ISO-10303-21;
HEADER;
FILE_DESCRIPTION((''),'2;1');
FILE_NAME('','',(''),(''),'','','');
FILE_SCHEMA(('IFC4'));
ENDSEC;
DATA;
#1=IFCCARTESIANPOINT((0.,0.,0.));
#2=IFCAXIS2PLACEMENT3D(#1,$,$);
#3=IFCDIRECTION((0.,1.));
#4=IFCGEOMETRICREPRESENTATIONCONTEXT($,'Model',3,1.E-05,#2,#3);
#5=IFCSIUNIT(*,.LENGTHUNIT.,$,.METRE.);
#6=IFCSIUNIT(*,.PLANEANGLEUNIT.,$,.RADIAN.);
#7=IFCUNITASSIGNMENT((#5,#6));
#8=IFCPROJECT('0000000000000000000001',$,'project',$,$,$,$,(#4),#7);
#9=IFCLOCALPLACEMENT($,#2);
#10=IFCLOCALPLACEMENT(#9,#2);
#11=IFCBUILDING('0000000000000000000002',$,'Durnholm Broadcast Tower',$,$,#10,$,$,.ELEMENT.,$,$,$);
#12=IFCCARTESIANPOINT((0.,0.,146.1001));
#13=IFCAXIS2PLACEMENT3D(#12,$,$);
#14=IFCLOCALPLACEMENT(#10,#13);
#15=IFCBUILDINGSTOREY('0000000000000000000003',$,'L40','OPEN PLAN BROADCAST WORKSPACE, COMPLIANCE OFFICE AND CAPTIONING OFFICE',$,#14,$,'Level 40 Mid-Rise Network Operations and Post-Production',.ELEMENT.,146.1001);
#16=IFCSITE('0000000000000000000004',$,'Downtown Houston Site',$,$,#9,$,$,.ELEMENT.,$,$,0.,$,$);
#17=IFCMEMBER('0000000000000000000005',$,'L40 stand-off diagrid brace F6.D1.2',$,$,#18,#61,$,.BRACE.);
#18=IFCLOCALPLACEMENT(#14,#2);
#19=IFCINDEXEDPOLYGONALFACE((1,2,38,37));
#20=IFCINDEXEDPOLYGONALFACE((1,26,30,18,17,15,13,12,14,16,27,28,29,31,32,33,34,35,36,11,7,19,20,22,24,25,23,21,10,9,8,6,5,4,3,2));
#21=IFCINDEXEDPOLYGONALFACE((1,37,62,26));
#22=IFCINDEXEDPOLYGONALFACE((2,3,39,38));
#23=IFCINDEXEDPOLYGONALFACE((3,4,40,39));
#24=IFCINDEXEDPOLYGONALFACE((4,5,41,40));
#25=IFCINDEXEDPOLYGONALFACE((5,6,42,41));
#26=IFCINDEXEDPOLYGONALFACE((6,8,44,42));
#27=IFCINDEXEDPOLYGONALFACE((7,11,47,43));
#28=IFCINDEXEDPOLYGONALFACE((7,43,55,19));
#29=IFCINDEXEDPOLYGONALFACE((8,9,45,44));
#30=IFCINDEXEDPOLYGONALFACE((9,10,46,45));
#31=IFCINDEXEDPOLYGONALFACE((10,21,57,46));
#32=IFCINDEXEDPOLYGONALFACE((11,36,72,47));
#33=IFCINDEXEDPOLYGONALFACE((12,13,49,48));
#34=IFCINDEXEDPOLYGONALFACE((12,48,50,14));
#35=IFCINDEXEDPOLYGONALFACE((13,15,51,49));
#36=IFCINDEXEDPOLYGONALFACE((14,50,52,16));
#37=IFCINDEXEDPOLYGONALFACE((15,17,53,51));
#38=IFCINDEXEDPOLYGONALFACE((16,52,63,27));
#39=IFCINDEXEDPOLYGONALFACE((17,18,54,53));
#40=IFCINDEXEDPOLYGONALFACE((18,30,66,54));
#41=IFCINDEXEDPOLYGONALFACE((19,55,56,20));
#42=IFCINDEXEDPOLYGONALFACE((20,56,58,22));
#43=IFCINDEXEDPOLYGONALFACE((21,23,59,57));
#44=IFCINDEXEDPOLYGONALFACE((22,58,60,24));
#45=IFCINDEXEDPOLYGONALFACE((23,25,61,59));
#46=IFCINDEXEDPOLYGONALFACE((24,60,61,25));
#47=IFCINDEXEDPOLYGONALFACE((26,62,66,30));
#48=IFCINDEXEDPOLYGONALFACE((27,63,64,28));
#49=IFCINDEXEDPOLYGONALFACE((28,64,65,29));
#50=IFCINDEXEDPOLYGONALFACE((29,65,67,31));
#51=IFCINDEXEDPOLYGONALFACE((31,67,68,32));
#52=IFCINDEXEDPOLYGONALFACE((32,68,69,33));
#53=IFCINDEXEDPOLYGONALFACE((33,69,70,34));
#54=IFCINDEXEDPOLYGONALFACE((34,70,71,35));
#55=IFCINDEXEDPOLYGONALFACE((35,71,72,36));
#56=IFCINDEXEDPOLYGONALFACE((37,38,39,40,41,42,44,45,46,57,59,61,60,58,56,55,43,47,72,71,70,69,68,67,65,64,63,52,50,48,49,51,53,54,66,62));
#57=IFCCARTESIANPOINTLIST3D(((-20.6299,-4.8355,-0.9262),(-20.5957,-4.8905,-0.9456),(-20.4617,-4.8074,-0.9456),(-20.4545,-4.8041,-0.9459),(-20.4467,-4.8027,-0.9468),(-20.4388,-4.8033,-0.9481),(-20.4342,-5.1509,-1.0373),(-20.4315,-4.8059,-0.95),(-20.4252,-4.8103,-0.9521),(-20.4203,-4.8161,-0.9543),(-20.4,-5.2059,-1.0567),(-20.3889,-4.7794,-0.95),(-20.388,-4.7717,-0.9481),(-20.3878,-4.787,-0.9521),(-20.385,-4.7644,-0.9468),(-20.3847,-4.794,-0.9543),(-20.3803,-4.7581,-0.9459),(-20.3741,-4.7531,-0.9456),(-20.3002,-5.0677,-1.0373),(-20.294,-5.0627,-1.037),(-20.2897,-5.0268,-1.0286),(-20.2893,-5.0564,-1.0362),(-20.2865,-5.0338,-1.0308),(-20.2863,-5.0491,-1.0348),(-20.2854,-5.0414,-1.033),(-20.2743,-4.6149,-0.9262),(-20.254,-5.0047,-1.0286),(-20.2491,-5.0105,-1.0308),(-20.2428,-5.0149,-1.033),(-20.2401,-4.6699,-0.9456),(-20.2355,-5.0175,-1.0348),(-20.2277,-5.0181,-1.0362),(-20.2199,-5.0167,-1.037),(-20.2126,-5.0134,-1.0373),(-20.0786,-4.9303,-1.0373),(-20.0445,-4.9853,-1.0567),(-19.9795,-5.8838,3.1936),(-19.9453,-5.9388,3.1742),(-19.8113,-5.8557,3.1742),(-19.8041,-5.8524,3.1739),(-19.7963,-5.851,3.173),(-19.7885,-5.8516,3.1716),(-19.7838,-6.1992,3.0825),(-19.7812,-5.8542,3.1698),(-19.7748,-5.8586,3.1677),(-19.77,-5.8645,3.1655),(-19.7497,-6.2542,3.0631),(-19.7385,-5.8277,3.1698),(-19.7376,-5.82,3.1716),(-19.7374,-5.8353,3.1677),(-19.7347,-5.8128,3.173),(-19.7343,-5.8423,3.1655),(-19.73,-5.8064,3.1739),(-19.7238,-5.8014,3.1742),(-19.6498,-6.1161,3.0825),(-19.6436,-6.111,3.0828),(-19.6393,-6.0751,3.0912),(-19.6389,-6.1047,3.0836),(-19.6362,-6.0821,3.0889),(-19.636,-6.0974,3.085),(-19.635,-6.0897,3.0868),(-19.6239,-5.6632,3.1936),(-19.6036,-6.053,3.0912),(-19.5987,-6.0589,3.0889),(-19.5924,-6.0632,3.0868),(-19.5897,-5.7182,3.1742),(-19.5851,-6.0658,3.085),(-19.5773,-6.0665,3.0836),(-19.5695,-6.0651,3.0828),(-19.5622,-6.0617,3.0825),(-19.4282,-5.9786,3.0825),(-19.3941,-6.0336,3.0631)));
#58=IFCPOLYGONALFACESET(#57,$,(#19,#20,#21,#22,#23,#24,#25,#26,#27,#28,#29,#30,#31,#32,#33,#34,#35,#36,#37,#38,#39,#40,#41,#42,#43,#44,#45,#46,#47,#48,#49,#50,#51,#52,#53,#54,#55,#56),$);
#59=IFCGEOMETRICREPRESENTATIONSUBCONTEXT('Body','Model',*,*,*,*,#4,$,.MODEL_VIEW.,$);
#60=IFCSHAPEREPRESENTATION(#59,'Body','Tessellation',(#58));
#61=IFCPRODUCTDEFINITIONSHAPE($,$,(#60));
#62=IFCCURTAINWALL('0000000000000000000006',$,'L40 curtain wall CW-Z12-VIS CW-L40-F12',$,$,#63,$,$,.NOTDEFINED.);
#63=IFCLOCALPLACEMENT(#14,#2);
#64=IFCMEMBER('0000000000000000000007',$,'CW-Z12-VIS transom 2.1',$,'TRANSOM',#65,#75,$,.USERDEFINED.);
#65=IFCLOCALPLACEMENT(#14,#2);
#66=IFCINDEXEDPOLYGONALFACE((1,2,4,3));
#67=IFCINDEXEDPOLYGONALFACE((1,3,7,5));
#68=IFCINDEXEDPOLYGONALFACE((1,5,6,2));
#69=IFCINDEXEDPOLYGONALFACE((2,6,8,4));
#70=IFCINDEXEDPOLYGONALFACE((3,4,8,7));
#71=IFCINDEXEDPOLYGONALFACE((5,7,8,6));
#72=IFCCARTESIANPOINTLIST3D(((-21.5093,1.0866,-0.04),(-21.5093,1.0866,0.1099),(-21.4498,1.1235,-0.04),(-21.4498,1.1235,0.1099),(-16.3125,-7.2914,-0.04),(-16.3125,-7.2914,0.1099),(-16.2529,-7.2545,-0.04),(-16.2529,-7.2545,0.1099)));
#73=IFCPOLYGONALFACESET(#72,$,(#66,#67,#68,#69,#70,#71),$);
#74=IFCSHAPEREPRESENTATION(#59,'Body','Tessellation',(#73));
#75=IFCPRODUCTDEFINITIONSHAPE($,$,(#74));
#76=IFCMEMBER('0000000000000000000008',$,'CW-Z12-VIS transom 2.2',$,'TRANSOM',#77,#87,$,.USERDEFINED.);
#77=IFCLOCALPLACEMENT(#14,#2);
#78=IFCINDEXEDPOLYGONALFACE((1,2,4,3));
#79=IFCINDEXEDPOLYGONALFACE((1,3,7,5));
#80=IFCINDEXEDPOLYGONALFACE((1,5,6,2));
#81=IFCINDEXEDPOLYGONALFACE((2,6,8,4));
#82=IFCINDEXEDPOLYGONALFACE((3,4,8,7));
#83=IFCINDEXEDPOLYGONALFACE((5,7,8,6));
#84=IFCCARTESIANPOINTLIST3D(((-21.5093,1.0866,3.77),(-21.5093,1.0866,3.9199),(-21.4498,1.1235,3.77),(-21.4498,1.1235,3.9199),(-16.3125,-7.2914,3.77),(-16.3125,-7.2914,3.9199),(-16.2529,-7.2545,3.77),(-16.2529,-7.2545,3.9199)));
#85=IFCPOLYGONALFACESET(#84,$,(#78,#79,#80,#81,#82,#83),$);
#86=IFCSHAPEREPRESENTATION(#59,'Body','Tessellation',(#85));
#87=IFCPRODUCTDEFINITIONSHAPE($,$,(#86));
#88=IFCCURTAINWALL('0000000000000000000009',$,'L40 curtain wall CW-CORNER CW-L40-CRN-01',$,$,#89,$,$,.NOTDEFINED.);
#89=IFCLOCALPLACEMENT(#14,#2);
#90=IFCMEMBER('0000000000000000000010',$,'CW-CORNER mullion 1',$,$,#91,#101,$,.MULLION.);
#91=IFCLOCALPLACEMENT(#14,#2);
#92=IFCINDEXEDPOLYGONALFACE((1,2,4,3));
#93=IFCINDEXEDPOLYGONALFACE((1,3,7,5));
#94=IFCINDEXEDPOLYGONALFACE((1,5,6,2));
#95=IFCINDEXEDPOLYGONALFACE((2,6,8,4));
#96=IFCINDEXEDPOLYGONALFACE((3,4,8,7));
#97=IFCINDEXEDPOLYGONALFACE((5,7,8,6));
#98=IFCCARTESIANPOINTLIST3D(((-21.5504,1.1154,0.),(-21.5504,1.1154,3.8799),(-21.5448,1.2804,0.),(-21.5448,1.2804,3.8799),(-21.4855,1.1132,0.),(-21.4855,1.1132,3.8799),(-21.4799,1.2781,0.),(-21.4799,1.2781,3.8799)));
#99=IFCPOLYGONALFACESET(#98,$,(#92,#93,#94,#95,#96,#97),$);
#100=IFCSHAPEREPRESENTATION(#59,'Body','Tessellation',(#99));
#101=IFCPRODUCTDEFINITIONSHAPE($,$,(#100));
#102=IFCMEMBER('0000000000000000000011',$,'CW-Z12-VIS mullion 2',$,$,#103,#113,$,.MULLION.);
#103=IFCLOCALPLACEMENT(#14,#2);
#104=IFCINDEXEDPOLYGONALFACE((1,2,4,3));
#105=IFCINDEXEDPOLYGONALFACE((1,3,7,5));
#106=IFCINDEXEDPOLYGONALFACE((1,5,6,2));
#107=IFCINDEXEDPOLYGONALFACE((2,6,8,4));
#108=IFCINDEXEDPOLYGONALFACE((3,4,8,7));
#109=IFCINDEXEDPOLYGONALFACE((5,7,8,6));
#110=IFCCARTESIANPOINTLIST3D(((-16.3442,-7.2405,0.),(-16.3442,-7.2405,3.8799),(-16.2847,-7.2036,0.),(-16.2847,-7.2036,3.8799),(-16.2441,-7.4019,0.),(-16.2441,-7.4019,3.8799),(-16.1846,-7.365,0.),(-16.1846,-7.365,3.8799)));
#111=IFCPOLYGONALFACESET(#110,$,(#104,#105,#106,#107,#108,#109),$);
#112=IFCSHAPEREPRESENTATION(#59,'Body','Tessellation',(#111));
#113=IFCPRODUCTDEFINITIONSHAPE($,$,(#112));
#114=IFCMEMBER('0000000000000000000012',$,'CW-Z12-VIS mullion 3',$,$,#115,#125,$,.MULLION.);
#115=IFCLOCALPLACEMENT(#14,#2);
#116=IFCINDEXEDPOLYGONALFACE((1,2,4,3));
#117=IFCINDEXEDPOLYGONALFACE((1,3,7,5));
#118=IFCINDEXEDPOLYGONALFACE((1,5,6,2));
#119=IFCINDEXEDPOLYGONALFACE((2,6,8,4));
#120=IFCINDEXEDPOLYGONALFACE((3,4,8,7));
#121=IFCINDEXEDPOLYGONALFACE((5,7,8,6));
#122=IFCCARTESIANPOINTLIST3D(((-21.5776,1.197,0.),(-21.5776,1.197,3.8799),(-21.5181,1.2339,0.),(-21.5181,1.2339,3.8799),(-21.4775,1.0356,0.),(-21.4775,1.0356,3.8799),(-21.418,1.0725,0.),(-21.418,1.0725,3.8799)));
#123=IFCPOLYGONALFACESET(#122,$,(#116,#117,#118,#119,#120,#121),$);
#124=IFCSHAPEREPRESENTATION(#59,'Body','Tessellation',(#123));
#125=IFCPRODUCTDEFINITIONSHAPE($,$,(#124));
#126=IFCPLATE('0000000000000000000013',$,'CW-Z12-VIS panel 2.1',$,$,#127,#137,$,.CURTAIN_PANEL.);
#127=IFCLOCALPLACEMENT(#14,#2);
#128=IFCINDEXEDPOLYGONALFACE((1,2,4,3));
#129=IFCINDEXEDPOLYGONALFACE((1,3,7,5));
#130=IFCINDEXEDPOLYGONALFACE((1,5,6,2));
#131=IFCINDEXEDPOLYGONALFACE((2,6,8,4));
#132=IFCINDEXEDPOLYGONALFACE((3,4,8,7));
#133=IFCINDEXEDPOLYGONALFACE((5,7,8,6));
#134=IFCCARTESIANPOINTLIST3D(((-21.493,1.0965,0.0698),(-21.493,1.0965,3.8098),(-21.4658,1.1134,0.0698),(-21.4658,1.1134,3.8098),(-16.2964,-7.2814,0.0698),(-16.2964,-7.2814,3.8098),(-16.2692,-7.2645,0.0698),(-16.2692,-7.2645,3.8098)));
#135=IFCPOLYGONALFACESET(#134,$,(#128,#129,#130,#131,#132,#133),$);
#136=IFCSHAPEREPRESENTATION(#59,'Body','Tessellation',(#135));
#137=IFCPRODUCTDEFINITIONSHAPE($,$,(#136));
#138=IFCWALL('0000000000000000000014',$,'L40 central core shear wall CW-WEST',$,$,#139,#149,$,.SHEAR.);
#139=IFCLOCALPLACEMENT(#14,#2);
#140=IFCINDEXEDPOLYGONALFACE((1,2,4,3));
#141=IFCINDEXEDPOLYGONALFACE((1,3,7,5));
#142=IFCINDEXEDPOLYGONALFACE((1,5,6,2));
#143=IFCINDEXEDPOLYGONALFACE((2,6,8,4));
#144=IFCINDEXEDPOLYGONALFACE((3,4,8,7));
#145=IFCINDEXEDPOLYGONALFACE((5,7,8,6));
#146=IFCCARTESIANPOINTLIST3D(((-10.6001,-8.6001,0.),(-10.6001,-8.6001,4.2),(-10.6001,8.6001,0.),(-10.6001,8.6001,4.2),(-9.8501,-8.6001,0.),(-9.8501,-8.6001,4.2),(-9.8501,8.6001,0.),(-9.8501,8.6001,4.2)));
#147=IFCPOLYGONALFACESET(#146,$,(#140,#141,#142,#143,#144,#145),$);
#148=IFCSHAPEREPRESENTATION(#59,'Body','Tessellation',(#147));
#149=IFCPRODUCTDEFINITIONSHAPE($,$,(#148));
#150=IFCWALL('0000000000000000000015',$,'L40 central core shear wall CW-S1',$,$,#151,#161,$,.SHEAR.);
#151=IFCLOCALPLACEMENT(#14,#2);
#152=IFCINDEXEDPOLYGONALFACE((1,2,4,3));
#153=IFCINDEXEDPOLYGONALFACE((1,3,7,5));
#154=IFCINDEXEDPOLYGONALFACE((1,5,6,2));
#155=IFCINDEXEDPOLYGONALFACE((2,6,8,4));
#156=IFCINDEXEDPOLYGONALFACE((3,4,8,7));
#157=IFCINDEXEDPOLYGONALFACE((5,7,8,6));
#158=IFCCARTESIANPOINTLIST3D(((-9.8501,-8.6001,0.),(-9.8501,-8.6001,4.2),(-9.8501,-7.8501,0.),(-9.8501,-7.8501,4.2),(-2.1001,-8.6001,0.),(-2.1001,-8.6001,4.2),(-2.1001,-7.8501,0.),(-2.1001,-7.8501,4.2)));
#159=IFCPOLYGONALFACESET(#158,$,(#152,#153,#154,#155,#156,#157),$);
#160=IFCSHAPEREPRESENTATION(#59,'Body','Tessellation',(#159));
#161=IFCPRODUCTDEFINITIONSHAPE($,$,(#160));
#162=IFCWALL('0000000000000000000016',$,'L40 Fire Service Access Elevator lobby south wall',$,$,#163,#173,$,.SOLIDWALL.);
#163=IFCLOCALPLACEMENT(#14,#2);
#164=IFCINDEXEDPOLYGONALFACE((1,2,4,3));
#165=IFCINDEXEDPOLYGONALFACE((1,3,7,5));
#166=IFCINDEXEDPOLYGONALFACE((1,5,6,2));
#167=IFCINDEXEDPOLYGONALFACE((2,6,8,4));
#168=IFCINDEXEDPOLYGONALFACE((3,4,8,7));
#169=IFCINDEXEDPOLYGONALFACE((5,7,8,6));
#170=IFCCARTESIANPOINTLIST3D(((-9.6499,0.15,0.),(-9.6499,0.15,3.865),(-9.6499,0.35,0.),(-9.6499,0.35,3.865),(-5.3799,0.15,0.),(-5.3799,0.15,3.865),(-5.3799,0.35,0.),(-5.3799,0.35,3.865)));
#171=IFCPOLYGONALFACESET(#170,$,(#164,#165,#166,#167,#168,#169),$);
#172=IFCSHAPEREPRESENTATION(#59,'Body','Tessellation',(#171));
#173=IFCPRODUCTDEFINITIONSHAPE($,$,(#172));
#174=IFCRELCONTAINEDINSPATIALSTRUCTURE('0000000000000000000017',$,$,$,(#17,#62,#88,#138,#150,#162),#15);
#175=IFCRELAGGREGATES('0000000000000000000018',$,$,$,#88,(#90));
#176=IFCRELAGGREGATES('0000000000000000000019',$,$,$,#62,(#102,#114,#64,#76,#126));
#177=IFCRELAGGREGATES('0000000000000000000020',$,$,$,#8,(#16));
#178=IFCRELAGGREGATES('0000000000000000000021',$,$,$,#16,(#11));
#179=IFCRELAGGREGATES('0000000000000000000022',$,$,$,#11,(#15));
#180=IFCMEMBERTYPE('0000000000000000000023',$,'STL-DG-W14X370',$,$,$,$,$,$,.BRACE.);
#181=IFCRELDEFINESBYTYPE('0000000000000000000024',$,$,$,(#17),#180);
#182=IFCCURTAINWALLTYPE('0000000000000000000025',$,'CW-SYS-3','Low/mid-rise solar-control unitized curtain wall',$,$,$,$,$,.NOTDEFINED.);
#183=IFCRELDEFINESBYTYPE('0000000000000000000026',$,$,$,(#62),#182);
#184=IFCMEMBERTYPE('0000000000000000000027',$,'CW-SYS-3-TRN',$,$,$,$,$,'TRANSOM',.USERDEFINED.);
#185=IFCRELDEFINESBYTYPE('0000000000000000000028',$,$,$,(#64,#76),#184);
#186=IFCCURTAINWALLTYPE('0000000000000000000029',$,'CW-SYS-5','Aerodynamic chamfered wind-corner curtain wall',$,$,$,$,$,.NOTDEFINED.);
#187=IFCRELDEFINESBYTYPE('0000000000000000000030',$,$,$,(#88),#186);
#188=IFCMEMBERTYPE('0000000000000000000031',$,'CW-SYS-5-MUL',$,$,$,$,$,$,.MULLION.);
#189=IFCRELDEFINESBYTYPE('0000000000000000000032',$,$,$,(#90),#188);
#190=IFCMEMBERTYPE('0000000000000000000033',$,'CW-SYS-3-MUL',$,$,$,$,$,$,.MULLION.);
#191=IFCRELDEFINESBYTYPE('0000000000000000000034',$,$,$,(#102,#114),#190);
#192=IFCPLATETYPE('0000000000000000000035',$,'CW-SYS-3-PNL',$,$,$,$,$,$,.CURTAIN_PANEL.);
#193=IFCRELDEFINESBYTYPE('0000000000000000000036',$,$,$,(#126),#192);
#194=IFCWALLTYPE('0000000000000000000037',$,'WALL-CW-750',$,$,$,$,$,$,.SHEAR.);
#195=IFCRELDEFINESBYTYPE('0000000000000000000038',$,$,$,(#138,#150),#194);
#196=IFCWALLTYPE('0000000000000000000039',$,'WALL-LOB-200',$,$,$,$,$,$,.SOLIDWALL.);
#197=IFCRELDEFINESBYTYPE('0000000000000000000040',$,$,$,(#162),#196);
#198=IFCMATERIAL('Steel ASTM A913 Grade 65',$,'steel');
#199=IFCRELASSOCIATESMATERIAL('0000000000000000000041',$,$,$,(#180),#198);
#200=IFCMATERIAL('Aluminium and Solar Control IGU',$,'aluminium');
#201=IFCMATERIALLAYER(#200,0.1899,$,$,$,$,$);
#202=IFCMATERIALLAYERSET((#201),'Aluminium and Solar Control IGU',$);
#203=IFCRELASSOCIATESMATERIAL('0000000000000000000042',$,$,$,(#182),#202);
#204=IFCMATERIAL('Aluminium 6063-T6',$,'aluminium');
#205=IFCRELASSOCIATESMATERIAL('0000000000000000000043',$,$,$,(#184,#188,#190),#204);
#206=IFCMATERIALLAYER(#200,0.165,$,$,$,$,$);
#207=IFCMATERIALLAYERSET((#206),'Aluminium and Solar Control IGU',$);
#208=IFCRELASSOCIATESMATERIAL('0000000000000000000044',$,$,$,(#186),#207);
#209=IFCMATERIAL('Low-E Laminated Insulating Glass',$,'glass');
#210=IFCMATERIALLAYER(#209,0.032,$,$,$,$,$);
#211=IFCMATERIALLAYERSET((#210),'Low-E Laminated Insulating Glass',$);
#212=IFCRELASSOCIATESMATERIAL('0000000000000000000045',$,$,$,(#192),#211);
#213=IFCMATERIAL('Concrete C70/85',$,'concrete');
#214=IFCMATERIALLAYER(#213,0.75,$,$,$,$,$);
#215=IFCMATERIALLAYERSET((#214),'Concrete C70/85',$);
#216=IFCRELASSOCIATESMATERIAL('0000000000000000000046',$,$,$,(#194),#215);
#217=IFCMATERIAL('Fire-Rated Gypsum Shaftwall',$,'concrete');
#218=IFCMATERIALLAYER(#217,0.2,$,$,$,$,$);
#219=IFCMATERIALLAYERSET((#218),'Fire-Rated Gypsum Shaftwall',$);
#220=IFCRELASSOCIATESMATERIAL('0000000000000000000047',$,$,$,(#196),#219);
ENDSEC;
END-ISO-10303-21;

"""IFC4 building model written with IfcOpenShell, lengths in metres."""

from ifc_helpers import new_model, si_unit, direction, frame, frame_2d, origin, origin_2d, place, context, subcontext, project, spatial, rectangle, i_section, extrude, source, transform, mapped, material, layer, layer_set, material_profile, profile_set, type_object, type_shapes, element, aggregate, save


model = new_model("IFC4")

# Units and contexts
model_context = context("Model", 3, precision=1e-05, world=origin(), true_north=direction((0.0, 1.0)))
body_context = subcontext(model_context, "Body", "Model", "MODEL_VIEW")
ifc_project = project(units=[si_unit("LENGTHUNIT", "METRE"), si_unit("PLANEANGLEUNIT", "RADIAN")], contexts=[model_context])

# Site, building, storey
site_placement = place(None, origin())
site = spatial("IfcSite", under=ifc_project, at=site_placement, Name="Downtown Houston Site", CompositionType="ELEMENT", RefElevation=0.0)
building_placement = place(site_placement, origin())
building = spatial("IfcBuilding", under=site, at=building_placement, Name="Durnholm Broadcast Tower", CompositionType="ELEMENT")
storey_placement = place(building_placement, frame((0.0, 0.0, 146.1001)))
storey = spatial("IfcBuildingStorey", under=building, at=storey_placement, Name="L40", Description="OPEN PLAN BROADCAST WORKSPACE, COMPLIANCE OFFICE AND CAPTIONING OFFICE", LongName="Level 40 Mid-Rise Network Operations and Post-Production", CompositionType="ELEMENT", Elevation=146.1001)

# Shared definitions
ifc_material_1 = material(Name="Concrete C70/85", Category="concrete")

# Member
ifc_material_2 = material(Name="Steel ASTM A913 Grade 65", Category="steel")
ifc_material_profile_1 = material_profile(ifc_material_2, i_section(OverallWidth=0.4185, OverallDepth=0.4551, WebThickness=0.042, FlangeThickness=0.0676, FilletRadius=0.0305, at=origin_2d()), Name="W14X370")
ifc_profile_set_1 = profile_set([ifc_material_profile_1], Name="Steel ASTM A913 Grade 65")
member_type_1 = type_object("IfcMemberType", Name="STL-DG-W14X370", PredefinedType="BRACE", material=ifc_profile_set_1)
shared_shape_1 = source(origin(), body_context, "Body", "SweptSolid", [
    extrude(i_section(OverallWidth=0.4185, OverallDepth=0.4551, WebThickness=0.042, FlangeThickness=0.0676, FilletRadius=0.0305, at=origin_2d()), origin(), (0.0, 0.0, 1.0), 4.3005),
])
member_1_placement = place(storey_placement, frame((-20.3372, -4.9104, -0.9915), z_axis=(0.151232, -0.243765, 0.957971), x_axis=(0.84975, 0.527186, 0.0)))
element("IfcMember", 1, at=member_1_placement, inside=storey, type_object=member_type_1, Name="L40 stand-off diagrid brace F6.D1.2", PredefinedType="BRACE", context=body_context, shape_type="MappedRepresentation", body=[
    mapped(shared_shape_1, transform((0.0, 0.0, 0.0), x_axis=(1.0, 0.0, 0.0), y_axis=(0.0, 1.0, 0.0), z_axis=(0.0, 0.0, 1.0), scale=1.0)),
])

# Curtain wall, members
ifc_material_3 = material(Name="Aluminium and Solar Control IGU", Category="aluminium")
ifc_layer_1 = layer(ifc_material_3, 0.1899)
ifc_layer_set_1 = layer_set([ifc_layer_1], Name="Aluminium and Solar Control IGU")
curtain_wall_type_1 = type_object("IfcCurtainWallType", Name="CW-SYS-3", Description="Low/mid-rise solar-control unitized curtain wall", PredefinedType="NOTDEFINED", material=ifc_layer_set_1)
curtain_wall_1_placement = place(storey_placement, origin())
curtain_wall_1 = element("IfcCurtainWall", 2, at=curtain_wall_1_placement, inside=storey, type_object=curtain_wall_type_1, Name="L40 curtain wall CW-Z12-VIS CW-L40-F12", PredefinedType="NOTDEFINED")
ifc_material_4 = material(Name="Aluminium 6063-T6", Category="aluminium")
ifc_material_profile_2 = material_profile(ifc_material_4, rectangle(XDim=0.0701, YDim=0.1499, at=origin_2d()), Name="CWT70X150")
ifc_profile_set_2 = profile_set([ifc_material_profile_2], Name="Aluminium 6063-T6")
member_type_2 = type_object("IfcMemberType", Name="CW-SYS-3-TRN", ElementType="TRANSOM", PredefinedType="USERDEFINED", material=ifc_profile_set_2)
shared_shape_2 = source(origin(), body_context, "Body", "SweptSolid", [
    extrude(rectangle(XDim=0.0701, YDim=0.1499, at=origin_2d()), origin(), (0.0, 0.0, 1.0), 9.8589),
])
type_shapes(member_type_2, [shared_shape_2])
member_2_placement = place(storey_placement, frame((-16.2827, -7.2729, 0.0349), z_axis=(-0.52712, 0.849791, 0.0), x_axis=(-0.849791, -0.52712, 0.0)))
member_2 = element("IfcMember", 3, at=member_2_placement, type_object=member_type_2, Name="CW-Z12-VIS transom 2.1", ObjectType="TRANSOM", PredefinedType="USERDEFINED", context=body_context, shape_type="MappedRepresentation", body=[
    mapped(shared_shape_2, transform((0.0, 0.0, 0.0), x_axis=(1.0, 0.0, 0.0), y_axis=(0.0, 1.0, 0.0), z_axis=(0.0, 0.0, 1.0), scale=1.0)),
])
member_3_placement = place(storey_placement, frame((-16.2827, -7.2729, 3.845), z_axis=(-0.52712, 0.849791, 0.0), x_axis=(-0.849791, -0.52712, 0.0)))
member_3 = element("IfcMember", 4, at=member_3_placement, type_object=member_type_2, Name="CW-Z12-VIS transom 2.2", ObjectType="TRANSOM", PredefinedType="USERDEFINED", context=body_context, shape_type="MappedRepresentation", body=[
    mapped(shared_shape_2, transform((0.0, 0.0, 0.0), x_axis=(1.0, 0.0, 0.0), y_axis=(0.0, 1.0, 0.0), z_axis=(0.0, 0.0, 1.0), scale=1.0)),
])

# Curtain wall, member
ifc_layer_2 = layer(ifc_material_3, 0.165)
ifc_layer_set_2 = layer_set([ifc_layer_2], Name="Aluminium and Solar Control IGU")
curtain_wall_type_2 = type_object("IfcCurtainWallType", Name="CW-SYS-5", Description="Aerodynamic chamfered wind-corner curtain wall", PredefinedType="NOTDEFINED", material=ifc_layer_set_2)
curtain_wall_2_placement = place(storey_placement, origin())
curtain_wall_2 = element("IfcCurtainWall", 5, at=curtain_wall_2_placement, inside=storey, type_object=curtain_wall_type_2, Name="L40 curtain wall CW-CORNER CW-L40-CRN-01", PredefinedType="NOTDEFINED")
ifc_material_profile_3 = material_profile(ifc_material_4, rectangle(XDim=0.0649, YDim=0.165, at=origin_2d()), Name="CWM65X165")
ifc_profile_set_3 = profile_set([ifc_material_profile_3], Name="Aluminium 6063-T6")
member_type_3 = type_object("IfcMemberType", Name="CW-SYS-5-MUL", PredefinedType="MULLION", material=ifc_profile_set_3)
shared_shape_3 = source(origin(), body_context, "Body", "SweptSolid", [
    extrude(rectangle(XDim=0.0649, YDim=0.165, at=origin_2d()), origin(), (0.0, 0.0, 1.0), 3.8799),
])
type_shapes(member_type_3, [shared_shape_3])
member_4_placement = place(storey_placement, frame((-21.5151, 1.1968, 0.0), z_axis=(0.0, 0.0, 1.0), x_axis=(-0.999425, 0.033917, 0.0)))
member_4 = element("IfcMember", 6, at=member_4_placement, type_object=member_type_3, Name="CW-CORNER mullion 1", PredefinedType="MULLION", context=body_context, shape_type="MappedRepresentation", body=[
    mapped(shared_shape_3, transform((0.0, 0.0, 0.0), x_axis=(1.0, 0.0, 0.0), y_axis=(0.0, 1.0, 0.0), z_axis=(0.0, 0.0, 1.0), scale=1.0)),
])
aggregate(curtain_wall_2, [member_4])

# Members
ifc_material_profile_4 = material_profile(ifc_material_4, rectangle(XDim=0.0701, YDim=0.1899, at=origin_2d()), Name="CWM70X190")
ifc_profile_set_4 = profile_set([ifc_material_profile_4], Name="Aluminium 6063-T6")
member_type_4 = type_object("IfcMemberType", Name="CW-SYS-3-MUL", PredefinedType="MULLION", material=ifc_profile_set_4)
shared_shape_4 = source(origin(), body_context, "Body", "SweptSolid", [
    extrude(rectangle(XDim=0.0701, YDim=0.1899, at=origin_2d()), origin(), (0.0, 0.0, 1.0), 3.8799),
])
type_shapes(member_type_4, [shared_shape_4])
member_5_placement = place(storey_placement, frame((-16.2644, -7.3027, 0.0), z_axis=(0.0, 0.0, 1.0), x_axis=(-0.8498, -0.527105, 0.0)))
member_5 = element("IfcMember", 7, at=member_5_placement, type_object=member_type_4, Name="CW-Z12-VIS mullion 2", PredefinedType="MULLION", context=body_context, shape_type="MappedRepresentation", body=[
    mapped(shared_shape_4, transform((0.0, 0.0, 0.0), x_axis=(1.0, 0.0, 0.0), y_axis=(0.0, 1.0, 0.0), z_axis=(0.0, 0.0, 1.0), scale=1.0)),
])
member_6_placement = place(storey_placement, frame((-21.4978, 1.1348, 0.0), z_axis=(0.0, 0.0, 1.0), x_axis=(-0.8498, -0.527105, 0.0)))
member_6 = element("IfcMember", 8, at=member_6_placement, type_object=member_type_4, Name="CW-Z12-VIS mullion 3", PredefinedType="MULLION", context=body_context, shape_type="MappedRepresentation", body=[
    mapped(shared_shape_4, transform((0.0, 0.0, 0.0), x_axis=(1.0, 0.0, 0.0), y_axis=(0.0, 1.0, 0.0), z_axis=(0.0, 0.0, 1.0), scale=1.0)),
])

# Plate
ifc_material_5 = material(Name="Low-E Laminated Insulating Glass", Category="glass")
ifc_layer_3 = layer(ifc_material_5, 0.032)
ifc_layer_set_3 = layer_set([ifc_layer_3], Name="Low-E Laminated Insulating Glass")
plate_type = type_object("IfcPlateType", Name="CW-SYS-3-PNL", PredefinedType="CURTAIN_PANEL", material=ifc_layer_set_3)
shared_shape_5 = source(origin(), body_context, "Body", "SweptSolid", [
    extrude(rectangle(XDim=9.8586, YDim=0.032, at=origin_2d()), origin(), (0.0, 0.0, 1.0), 3.74),
])
type_shapes(plate_type, [shared_shape_5])
plate_placement = place(storey_placement, frame((-18.8811, -3.084, 0.0698), z_axis=(0.0, 0.0, 1.0), x_axis=(-0.527105, 0.8498, 0.0)))
plate = element("IfcPlate", 9, at=plate_placement, type_object=plate_type, Name="CW-Z12-VIS panel 2.1", PredefinedType="CURTAIN_PANEL", context=body_context, shape_type="MappedRepresentation", body=[
    mapped(shared_shape_5, transform((0.0, 0.0, 0.0), x_axis=(1.0, 0.0, 0.0), y_axis=(0.0, 1.0, 0.0), z_axis=(0.0, 0.0, 1.0), scale=1.0)),
])
aggregate(curtain_wall_1, [member_5, member_6, member_2, member_3, plate])

# Walls
ifc_layer_4 = layer(ifc_material_1, 0.75)
ifc_layer_set_4 = layer_set([ifc_layer_4], Name="Concrete C70/85")
wall_type_1 = type_object("IfcWallType", Name="WALL-CW-750", PredefinedType="SHEAR", material=ifc_layer_set_4)
wall_1_placement = place(storey_placement, frame((-10.2251, -8.6001, 0.0), z_axis=(0.0, 0.0, 1.0), x_axis=(0.0, 1.0, 0.0)))
element("IfcWall", 10, at=wall_1_placement, inside=storey, type_object=wall_type_1, Name="L40 central core shear wall CW-WEST", PredefinedType="SHEAR", context=body_context, shape_type="SweptSolid", body=[
    extrude(rectangle(XDim=17.2002, YDim=0.75, at=frame_2d((8.6001, 0.0))), origin(), (0.0, 0.0, 1.0), 4.2),
])
wall_2_placement = place(storey_placement, frame((-9.8501, -8.2251, 0.0), z_axis=(0.0, 0.0, 1.0), x_axis=(1.0, 0.0, 0.0)))
element("IfcWall", 11, at=wall_2_placement, inside=storey, type_object=wall_type_1, Name="L40 central core shear wall CW-S1", PredefinedType="SHEAR", context=body_context, shape_type="SweptSolid", body=[
    extrude(rectangle(XDim=7.75, YDim=0.75, at=frame_2d((3.875, 0.0))), origin(), (0.0, 0.0, 1.0), 4.2),
])
ifc_material_6 = material(Name="Fire-Rated Gypsum Shaftwall", Category="concrete")
ifc_layer_5 = layer(ifc_material_6, 0.2)
ifc_layer_set_5 = layer_set([ifc_layer_5], Name="Fire-Rated Gypsum Shaftwall")
wall_type_2 = type_object("IfcWallType", Name="WALL-LOB-200", PredefinedType="SOLIDWALL", material=ifc_layer_set_5)
wall_3_placement = place(storey_placement, frame((-9.6499, 0.25, 0.0), z_axis=(0.0, 0.0, 1.0), x_axis=(1.0, 0.0, 0.0)))
element("IfcWall", 12, at=wall_3_placement, inside=storey, type_object=wall_type_2, Name="L40 Fire Service Access Elevator lobby south wall", PredefinedType="SOLIDWALL", context=body_context, shape_type="SweptSolid", body=[
    extrude(rectangle(XDim=4.27, YDim=0.2, at=frame_2d((2.135, 0.0))), origin(), (0.0, 0.0, 1.0), 3.865),
])

save(model, "model.ifc")
